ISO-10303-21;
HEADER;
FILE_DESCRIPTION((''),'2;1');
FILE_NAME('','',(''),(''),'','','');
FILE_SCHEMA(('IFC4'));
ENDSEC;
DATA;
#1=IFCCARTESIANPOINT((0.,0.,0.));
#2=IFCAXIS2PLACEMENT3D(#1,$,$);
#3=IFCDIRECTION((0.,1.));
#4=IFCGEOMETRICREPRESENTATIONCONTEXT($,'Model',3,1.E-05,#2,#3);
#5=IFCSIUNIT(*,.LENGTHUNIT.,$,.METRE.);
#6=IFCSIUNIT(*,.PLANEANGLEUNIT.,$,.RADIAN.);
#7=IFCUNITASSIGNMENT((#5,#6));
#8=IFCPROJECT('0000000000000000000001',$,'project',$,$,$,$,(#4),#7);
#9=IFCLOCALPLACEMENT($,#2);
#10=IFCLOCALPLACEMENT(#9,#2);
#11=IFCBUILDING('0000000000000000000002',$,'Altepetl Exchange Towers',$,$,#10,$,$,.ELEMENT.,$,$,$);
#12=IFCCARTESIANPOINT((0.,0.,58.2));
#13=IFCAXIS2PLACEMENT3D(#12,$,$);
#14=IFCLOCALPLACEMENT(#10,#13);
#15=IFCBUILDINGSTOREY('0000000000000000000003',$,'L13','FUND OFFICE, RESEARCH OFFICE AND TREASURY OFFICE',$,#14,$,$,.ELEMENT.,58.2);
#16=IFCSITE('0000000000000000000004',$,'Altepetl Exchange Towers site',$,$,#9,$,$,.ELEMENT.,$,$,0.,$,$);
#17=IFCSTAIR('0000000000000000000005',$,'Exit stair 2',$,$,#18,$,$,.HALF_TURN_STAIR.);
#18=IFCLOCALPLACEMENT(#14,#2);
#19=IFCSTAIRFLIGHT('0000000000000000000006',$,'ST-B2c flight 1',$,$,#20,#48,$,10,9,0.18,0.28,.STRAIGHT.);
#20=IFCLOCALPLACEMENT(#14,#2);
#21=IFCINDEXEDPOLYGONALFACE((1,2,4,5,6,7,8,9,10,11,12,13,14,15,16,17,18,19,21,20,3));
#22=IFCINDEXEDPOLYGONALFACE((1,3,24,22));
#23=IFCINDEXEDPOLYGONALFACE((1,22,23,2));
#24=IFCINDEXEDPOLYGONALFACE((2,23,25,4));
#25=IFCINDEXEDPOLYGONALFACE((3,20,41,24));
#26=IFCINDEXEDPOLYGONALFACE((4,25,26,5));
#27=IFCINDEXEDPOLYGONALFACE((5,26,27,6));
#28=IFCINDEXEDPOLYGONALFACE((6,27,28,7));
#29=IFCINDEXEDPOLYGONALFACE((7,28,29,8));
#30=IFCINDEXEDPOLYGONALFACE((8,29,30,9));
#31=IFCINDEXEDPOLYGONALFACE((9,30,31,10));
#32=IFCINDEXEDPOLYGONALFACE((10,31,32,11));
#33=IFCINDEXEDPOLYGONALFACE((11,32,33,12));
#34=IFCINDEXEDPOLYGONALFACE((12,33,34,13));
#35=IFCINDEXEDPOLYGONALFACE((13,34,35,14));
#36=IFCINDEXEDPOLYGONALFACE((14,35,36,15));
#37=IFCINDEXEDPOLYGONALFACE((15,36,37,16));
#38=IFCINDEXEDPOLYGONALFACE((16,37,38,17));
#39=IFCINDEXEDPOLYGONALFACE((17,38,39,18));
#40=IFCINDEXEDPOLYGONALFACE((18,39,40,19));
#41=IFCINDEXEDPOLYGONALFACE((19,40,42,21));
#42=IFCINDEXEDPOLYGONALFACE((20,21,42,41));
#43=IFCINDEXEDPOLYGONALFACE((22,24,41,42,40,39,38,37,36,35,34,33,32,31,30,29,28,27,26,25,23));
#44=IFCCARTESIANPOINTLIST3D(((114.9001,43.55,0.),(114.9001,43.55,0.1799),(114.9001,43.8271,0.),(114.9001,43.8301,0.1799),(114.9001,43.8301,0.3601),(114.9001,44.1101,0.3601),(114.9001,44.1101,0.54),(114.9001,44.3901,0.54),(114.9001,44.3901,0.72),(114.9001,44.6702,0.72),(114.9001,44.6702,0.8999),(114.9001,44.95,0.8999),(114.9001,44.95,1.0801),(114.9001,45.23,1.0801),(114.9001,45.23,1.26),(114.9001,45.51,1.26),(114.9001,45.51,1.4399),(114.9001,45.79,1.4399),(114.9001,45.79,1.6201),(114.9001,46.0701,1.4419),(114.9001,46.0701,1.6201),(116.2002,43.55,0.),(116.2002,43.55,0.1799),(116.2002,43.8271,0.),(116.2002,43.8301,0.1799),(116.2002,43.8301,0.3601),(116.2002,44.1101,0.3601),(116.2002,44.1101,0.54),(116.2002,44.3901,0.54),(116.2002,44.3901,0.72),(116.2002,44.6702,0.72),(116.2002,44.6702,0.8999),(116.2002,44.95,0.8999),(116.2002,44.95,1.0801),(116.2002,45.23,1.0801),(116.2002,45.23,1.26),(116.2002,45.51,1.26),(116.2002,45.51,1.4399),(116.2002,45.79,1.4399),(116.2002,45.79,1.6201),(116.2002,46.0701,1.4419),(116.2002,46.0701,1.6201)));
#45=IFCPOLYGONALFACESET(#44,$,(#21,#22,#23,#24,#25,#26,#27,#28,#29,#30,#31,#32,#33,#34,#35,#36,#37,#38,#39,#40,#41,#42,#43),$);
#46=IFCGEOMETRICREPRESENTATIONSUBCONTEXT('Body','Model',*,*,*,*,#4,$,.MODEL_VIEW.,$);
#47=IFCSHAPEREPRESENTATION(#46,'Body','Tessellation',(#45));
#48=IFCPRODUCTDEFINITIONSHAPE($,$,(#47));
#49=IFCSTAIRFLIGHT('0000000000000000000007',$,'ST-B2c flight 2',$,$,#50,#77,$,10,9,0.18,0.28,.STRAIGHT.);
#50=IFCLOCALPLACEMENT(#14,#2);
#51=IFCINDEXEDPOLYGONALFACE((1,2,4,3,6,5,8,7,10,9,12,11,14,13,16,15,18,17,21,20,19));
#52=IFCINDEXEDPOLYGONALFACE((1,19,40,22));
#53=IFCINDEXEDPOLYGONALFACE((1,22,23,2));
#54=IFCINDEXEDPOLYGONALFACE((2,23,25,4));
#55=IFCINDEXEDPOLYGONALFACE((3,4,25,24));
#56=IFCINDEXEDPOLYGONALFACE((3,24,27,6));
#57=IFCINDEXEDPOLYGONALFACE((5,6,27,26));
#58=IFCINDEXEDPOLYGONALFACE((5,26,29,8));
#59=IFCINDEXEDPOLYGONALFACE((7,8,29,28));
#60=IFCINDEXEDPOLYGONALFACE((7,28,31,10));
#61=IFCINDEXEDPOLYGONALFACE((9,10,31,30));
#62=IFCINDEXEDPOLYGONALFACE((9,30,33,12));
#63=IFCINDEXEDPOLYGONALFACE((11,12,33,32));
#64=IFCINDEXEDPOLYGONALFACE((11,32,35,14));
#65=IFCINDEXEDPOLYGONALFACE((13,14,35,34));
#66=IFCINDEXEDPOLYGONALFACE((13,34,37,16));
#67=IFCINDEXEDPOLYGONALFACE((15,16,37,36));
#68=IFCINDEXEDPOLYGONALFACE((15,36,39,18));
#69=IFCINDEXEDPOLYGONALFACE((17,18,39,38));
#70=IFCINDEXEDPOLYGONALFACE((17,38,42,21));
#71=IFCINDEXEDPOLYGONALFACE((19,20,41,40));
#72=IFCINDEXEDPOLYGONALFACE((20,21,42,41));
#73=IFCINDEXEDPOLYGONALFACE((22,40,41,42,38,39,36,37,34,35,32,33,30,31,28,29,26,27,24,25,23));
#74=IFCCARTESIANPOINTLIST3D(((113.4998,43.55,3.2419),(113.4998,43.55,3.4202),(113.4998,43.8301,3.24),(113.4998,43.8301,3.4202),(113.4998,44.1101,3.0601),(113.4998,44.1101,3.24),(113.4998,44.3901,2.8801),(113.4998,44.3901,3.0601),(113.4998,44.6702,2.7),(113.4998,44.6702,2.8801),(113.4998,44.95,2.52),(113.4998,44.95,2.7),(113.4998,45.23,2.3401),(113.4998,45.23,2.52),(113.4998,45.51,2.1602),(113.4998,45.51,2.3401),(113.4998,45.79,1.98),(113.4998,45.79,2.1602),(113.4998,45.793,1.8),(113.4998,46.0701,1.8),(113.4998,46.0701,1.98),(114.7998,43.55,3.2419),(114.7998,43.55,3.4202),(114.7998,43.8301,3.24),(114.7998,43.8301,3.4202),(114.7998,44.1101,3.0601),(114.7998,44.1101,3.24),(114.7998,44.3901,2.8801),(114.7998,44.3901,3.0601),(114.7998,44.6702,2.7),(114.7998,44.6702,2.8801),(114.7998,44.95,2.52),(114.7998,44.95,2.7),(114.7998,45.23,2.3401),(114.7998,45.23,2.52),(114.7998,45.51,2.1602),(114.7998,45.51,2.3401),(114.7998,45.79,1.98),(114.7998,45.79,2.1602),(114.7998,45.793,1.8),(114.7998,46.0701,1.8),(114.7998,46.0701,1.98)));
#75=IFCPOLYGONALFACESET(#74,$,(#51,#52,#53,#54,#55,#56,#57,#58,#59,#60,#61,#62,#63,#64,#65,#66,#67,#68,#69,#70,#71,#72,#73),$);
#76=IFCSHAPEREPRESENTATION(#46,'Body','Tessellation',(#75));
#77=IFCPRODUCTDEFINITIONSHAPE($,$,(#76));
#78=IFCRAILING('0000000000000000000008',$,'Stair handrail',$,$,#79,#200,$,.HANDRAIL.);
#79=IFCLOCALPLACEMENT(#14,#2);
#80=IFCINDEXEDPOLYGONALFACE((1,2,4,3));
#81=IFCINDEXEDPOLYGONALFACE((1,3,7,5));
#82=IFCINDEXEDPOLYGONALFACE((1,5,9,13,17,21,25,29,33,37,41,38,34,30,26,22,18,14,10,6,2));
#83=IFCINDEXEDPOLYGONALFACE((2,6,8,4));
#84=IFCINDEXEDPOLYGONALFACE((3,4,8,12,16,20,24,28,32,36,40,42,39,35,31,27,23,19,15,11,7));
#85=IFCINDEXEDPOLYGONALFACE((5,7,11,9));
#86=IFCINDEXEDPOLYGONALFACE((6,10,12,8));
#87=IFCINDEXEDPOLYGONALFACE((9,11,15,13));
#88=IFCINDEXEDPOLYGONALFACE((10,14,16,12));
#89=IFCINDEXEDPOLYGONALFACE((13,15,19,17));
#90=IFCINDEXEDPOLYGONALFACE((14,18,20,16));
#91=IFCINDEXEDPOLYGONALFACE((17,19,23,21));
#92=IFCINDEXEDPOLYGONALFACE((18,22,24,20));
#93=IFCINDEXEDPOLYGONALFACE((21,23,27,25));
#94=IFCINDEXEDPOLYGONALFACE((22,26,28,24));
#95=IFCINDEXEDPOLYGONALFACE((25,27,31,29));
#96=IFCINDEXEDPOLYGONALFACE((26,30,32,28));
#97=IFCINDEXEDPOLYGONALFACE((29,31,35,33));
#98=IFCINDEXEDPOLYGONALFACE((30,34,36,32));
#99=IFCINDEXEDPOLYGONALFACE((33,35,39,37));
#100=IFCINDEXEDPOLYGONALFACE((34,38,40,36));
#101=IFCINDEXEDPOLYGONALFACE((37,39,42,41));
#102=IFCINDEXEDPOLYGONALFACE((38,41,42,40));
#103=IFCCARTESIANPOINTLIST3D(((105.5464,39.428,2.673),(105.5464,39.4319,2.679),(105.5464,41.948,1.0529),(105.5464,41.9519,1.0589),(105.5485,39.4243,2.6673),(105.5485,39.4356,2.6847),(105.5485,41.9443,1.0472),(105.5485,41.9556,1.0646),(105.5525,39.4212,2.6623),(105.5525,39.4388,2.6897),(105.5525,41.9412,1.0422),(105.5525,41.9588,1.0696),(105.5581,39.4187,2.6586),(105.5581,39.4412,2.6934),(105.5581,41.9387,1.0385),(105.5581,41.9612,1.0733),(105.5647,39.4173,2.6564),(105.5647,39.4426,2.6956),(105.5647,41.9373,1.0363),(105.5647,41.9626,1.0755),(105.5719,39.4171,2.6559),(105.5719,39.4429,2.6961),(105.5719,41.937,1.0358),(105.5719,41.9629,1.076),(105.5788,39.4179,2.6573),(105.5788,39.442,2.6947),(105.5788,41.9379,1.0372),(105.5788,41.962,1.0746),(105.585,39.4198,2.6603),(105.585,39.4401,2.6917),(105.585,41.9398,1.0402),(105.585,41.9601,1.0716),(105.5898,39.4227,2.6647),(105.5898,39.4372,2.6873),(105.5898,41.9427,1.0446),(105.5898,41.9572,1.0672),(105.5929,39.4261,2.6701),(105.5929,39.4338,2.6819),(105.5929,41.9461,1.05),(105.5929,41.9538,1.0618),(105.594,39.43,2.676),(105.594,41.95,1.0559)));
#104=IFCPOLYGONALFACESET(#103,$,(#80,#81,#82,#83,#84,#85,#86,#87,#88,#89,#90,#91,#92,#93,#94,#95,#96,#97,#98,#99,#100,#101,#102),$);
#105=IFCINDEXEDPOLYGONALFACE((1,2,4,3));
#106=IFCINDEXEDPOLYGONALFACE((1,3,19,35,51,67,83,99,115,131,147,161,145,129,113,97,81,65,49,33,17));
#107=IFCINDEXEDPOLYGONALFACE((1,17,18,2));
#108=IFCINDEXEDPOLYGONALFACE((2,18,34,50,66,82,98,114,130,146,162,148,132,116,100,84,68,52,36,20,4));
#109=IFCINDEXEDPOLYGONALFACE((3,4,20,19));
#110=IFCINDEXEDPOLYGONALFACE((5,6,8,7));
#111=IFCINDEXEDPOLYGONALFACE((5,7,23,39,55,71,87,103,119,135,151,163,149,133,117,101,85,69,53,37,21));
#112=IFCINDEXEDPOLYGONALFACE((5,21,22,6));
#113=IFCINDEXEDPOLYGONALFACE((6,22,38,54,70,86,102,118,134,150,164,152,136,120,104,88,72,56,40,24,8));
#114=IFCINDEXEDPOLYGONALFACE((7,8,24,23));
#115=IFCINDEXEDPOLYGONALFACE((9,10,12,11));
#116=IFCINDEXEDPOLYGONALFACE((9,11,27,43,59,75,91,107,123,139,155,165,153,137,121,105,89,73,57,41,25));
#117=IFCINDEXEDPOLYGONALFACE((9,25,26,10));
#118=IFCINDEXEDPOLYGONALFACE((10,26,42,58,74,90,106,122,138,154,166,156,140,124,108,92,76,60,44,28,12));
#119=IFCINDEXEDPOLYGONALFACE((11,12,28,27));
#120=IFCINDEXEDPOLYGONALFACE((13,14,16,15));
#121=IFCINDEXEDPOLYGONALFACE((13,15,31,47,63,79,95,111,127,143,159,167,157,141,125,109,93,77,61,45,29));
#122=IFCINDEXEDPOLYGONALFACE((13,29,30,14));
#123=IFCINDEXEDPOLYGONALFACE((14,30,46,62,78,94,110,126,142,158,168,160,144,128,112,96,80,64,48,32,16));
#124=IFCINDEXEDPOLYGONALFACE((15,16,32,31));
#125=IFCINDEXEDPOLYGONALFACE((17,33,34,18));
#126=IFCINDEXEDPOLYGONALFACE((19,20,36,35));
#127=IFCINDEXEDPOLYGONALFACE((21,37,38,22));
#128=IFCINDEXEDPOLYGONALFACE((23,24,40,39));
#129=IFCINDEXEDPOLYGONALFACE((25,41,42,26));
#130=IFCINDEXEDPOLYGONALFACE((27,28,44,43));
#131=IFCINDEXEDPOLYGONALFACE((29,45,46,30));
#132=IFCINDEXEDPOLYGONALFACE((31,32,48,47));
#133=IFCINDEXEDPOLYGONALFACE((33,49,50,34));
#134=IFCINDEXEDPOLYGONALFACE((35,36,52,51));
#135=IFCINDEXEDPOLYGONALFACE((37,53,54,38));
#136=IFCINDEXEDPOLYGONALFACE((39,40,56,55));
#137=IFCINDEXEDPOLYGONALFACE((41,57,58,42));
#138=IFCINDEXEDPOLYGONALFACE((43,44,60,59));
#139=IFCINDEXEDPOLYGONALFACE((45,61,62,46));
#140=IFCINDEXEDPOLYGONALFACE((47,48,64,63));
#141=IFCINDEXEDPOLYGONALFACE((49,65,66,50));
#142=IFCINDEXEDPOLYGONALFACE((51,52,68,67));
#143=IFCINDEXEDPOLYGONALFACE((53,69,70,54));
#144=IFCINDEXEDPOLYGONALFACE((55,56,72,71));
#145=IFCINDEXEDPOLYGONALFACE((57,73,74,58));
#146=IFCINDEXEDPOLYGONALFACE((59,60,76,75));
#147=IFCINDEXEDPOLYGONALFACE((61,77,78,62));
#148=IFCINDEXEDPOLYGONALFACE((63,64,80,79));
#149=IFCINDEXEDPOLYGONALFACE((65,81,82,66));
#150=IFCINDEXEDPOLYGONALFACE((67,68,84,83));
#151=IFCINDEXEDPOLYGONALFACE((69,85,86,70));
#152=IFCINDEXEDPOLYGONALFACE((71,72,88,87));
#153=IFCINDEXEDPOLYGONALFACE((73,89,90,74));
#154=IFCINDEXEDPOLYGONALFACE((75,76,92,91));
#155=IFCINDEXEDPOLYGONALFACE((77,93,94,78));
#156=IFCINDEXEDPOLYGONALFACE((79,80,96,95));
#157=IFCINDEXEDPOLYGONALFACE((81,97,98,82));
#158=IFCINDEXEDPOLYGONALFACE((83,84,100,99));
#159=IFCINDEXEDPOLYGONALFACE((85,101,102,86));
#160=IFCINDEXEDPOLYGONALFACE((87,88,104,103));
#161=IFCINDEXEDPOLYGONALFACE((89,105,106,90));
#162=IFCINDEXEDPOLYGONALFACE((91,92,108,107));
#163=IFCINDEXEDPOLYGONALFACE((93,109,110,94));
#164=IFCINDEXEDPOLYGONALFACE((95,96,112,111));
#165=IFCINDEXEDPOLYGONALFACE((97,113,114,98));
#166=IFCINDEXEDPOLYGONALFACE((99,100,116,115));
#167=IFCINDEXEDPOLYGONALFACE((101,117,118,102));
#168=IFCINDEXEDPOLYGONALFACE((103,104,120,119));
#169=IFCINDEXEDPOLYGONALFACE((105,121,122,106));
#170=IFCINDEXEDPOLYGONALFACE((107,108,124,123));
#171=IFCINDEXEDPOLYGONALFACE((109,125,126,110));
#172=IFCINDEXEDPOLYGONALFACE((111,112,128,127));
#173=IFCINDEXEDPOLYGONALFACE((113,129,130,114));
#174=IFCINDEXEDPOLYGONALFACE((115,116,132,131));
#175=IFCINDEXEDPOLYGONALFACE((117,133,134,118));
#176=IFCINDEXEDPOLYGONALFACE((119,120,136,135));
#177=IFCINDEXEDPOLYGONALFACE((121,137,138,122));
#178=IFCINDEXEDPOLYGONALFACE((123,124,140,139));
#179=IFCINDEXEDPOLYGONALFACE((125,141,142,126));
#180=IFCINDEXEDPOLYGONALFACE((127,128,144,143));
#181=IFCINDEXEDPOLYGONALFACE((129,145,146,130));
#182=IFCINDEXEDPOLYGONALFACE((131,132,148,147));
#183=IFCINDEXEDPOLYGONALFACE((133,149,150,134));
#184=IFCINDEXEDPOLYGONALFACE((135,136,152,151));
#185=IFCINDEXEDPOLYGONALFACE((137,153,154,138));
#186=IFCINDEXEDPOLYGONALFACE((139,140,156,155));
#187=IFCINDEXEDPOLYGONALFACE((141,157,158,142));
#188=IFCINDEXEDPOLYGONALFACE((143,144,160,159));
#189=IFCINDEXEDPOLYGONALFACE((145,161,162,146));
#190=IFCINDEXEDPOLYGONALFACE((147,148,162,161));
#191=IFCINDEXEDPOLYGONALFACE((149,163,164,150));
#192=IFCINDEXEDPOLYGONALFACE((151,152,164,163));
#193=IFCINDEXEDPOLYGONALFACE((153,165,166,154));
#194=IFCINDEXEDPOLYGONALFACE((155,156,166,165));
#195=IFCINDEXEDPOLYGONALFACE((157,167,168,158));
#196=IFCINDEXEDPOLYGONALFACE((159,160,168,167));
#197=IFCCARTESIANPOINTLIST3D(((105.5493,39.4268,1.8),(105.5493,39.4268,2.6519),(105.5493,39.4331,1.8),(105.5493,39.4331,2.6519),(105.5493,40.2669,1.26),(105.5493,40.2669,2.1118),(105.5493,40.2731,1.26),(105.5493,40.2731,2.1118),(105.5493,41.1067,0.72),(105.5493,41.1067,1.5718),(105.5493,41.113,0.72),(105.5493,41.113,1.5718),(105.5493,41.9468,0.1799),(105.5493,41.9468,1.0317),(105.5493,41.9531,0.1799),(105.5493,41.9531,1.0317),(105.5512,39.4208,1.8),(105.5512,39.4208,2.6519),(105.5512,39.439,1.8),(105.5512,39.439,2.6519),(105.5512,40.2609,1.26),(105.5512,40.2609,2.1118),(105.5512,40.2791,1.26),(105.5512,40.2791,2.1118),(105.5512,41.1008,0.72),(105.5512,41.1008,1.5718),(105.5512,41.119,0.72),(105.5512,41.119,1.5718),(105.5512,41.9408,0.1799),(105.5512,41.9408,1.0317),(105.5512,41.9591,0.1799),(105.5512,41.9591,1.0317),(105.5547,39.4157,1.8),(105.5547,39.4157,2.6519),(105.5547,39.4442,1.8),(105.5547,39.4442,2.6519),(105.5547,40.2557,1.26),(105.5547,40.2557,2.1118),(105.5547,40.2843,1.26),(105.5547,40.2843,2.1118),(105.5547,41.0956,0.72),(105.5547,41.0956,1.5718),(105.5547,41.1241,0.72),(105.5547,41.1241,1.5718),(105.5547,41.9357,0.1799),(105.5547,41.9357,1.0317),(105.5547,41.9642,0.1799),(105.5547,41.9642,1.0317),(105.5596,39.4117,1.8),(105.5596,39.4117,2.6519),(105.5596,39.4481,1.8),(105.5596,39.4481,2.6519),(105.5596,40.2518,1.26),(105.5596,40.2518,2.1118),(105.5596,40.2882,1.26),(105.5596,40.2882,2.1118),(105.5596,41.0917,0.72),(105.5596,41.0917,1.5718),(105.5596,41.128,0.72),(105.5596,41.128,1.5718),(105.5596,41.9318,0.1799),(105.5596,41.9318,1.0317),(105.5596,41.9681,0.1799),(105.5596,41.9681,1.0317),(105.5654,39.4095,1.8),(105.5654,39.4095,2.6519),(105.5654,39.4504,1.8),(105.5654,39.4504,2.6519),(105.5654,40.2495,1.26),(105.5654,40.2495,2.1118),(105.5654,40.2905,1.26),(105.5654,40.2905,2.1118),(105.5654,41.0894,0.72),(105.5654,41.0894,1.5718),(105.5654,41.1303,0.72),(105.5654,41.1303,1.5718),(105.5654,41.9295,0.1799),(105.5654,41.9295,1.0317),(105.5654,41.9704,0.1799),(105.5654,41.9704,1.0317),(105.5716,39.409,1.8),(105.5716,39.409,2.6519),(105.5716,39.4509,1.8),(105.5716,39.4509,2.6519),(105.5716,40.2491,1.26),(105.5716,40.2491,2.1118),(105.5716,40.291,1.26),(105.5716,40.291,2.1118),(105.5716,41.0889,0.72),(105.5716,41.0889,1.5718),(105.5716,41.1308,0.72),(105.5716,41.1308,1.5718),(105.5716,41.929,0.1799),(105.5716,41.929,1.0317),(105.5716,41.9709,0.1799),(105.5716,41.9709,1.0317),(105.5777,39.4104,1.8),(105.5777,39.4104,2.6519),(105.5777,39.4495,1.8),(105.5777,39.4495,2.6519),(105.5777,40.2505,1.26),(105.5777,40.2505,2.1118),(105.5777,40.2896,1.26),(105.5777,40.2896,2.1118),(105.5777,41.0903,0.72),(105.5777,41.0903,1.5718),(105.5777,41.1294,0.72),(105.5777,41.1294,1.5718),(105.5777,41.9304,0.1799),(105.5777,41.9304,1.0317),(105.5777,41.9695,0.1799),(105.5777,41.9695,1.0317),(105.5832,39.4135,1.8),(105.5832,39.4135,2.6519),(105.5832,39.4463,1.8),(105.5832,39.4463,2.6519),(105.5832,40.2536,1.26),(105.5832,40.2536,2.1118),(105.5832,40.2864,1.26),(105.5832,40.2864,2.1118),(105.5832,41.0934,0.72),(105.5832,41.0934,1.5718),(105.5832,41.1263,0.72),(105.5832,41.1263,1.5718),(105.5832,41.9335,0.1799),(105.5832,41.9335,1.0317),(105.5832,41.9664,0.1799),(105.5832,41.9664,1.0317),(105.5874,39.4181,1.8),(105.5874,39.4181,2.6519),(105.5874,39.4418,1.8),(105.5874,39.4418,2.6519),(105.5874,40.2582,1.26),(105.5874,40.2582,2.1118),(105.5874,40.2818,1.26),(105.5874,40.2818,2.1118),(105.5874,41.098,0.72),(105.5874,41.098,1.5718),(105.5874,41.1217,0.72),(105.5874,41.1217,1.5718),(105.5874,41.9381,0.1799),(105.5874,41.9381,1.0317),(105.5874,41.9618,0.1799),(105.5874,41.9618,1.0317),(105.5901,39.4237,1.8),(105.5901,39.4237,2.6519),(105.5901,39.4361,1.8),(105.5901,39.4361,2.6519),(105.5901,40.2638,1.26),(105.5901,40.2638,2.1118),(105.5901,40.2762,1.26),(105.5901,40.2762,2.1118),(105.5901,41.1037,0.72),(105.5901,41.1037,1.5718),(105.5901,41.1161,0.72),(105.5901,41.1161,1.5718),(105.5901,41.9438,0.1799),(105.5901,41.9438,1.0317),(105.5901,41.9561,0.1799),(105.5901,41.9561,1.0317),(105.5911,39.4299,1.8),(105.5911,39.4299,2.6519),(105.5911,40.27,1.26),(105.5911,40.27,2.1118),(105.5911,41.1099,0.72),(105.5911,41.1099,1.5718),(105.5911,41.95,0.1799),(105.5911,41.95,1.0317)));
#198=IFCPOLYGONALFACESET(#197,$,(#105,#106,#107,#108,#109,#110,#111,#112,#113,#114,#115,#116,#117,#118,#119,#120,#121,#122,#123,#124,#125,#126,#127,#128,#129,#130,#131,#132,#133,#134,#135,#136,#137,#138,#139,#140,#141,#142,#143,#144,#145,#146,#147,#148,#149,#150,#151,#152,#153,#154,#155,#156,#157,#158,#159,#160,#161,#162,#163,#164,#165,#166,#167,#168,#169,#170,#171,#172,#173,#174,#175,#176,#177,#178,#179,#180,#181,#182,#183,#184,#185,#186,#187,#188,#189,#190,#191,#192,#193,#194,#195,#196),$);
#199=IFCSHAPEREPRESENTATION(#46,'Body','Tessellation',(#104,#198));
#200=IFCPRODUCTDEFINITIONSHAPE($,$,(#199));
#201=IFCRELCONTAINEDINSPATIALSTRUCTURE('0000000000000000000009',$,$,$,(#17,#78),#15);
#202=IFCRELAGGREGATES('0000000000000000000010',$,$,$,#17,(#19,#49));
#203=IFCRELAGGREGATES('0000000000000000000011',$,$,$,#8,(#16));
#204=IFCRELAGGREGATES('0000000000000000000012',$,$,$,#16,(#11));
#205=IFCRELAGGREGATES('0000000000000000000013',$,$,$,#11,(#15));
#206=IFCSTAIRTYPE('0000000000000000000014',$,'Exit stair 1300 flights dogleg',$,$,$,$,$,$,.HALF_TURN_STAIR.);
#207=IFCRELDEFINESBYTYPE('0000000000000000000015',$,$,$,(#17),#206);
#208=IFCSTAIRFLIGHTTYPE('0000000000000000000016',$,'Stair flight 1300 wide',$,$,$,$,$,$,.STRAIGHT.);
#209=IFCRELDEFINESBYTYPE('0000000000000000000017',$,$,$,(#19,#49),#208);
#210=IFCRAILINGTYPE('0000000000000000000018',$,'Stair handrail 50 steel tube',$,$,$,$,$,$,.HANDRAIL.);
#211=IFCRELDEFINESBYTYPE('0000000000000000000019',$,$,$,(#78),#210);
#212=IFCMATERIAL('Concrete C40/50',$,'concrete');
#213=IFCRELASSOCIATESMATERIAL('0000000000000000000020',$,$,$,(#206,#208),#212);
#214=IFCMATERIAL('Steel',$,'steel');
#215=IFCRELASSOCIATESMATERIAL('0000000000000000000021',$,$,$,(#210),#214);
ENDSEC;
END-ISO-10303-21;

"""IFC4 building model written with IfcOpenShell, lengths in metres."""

from ifc_helpers import new_model, si_unit, direction, frame, origin, origin_2d, place, context, subcontext, project, spatial, polyline, circle, outline, extrude, source, transform, mapped, material, type_object, element, aggregate, save


model = new_model("IFC4")

# Units and contexts
model_context = context("Model", 3, precision=1e-05, world=origin(), true_north=direction((0.0, 1.0)))
body_context = subcontext(model_context, "Body", "Model", "MODEL_VIEW")
ifc_project = project(units=[si_unit("LENGTHUNIT", "METRE"), si_unit("PLANEANGLEUNIT", "RADIAN")], contexts=[model_context])

# Site, building, storey
site_placement = place(None, origin())
site = spatial("IfcSite", under=ifc_project, at=site_placement, Name="Altepetl Exchange Towers site", CompositionType="ELEMENT", RefElevation=0.0)
building_placement = place(site_placement, origin())
building = spatial("IfcBuilding", under=site, at=building_placement, Name="Altepetl Exchange Towers", CompositionType="ELEMENT")
storey_placement = place(building_placement, frame((0.0, 0.0, 58.2)))
storey = spatial("IfcBuildingStorey", under=building, at=storey_placement, Name="L13", Description="FUND OFFICE, RESEARCH OFFICE AND TREASURY OFFICE", CompositionType="ELEMENT", Elevation=58.2)

# Shared definitions
ifc_material_1 = material(Name="Concrete C40/50", Category="concrete")

# Shared definitions
stair_type = type_object("IfcStairType", Name="Exit stair 1300 flights dogleg", PredefinedType="HALF_TURN_STAIR", material=ifc_material_1)
stair_flight_type = type_object("IfcStairFlightType", Name="Stair flight 1300 wide", PredefinedType="STRAIGHT", material=ifc_material_1)

# Stair, stair flights
stair_1_placement = place(storey_placement, origin())
stair_1 = element("IfcStair", 1, at=stair_1_placement, inside=storey, type_object=stair_type, Name="Exit stair 2", PredefinedType="HALF_TURN_STAIR")
stair_flight_1_placement = place(storey_placement, frame((115.55, 43.55, 0.0), z_axis=(0.0, 0.0, 1.0), x_axis=(0.0, 1.0, 0.0)))
stair_flight_1 = element("IfcStairFlight", 2, at=stair_flight_1_placement, type_object=stair_flight_type, Name="ST-B2c flight 1", NumberOfRisers=10, NumberOfTreads=9, PredefinedType="STRAIGHT", RiserHeight=0.18, TreadLength=0.28, context=body_context, shape_type="SweptSolid", body=[
    extrude(outline(polyline([(0.0, 0.0), (0.0, 0.1799), (0.28, 0.1799), (0.28, 0.3601), (0.5601, 0.3601), (0.5601, 0.54), (0.8401, 0.54), (0.8401, 0.72), (1.1201, 0.72), (1.1201, 0.8999), (1.3999, 0.8999), (1.3999, 1.0801), (1.6799, 1.0801), (1.6799, 1.26), (1.96, 1.26), (1.96, 1.4399), (2.24, 1.4399), (2.24, 1.6201), (2.52, 1.6201), (2.52, 1.8), (2.52, 1.4419), (0.2771, 0.0), (0.0, 0.0)])), frame((0.0, 0.6499, 0.0), z_axis=(0.0, -1.0, 0.0), x_axis=(1.0, 0.0, 0.0)), (0.0, 0.0, 1.0), 1.3),
])
stair_flight_2_placement = place(storey_placement, frame((114.1499, 46.0701, 1.8), z_axis=(0.0, 0.0, 1.0), x_axis=(0.0, -1.0, 0.0)))
stair_flight_2 = element("IfcStairFlight", 3, at=stair_flight_2_placement, type_object=stair_flight_type, Name="ST-B2c flight 2", NumberOfRisers=10, NumberOfTreads=9, PredefinedType="STRAIGHT", RiserHeight=0.18, TreadLength=0.28, context=body_context, shape_type="SweptSolid", body=[
    extrude(outline(polyline([(0.0, 0.0), (0.0, 0.1799), (0.28, 0.1799), (0.28, 0.3601), (0.5601, 0.3601), (0.5601, 0.54), (0.8401, 0.54), (0.8401, 0.72), (1.1201, 0.72), (1.1201, 0.8999), (1.3999, 0.8999), (1.3999, 1.0801), (1.6799, 1.0801), (1.6799, 1.26), (1.96, 1.26), (1.96, 1.4399), (2.24, 1.4399), (2.24, 1.6201), (2.52, 1.6201), (2.52, 1.8), (2.52, 1.4419), (0.2771, 0.0), (0.0, 0.0)])), frame((0.0, 0.6499, 0.0), z_axis=(0.0, -1.0, 0.0), x_axis=(1.0, 0.0, 0.0)), (0.0, 0.0, 1.0), 1.3),
])
aggregate(stair_1, [stair_flight_1, stair_flight_2])

# Railing
ifc_material_2 = material(Name="Steel", Category="steel")
railing_type = type_object("IfcRailingType", Name="Stair handrail 50 steel tube", PredefinedType="HANDRAIL", material=ifc_material_2)
shared_shape = source(origin(), body_context, "Body", "SweptSolid", [
    extrude(circle(Radius=0.021, at=origin_2d()), origin(), (0.0, 0.0, 1.0), 0.8518),
])
railing_1_placement = place(storey_placement, frame((105.5701, 41.95, 0.1799)))
element("IfcRailing", 4, at=railing_1_placement, inside=storey, type_object=railing_type, Name="Stair handrail", PredefinedType="HANDRAIL", context=body_context, shape_type="SweptSolid", body=[
    extrude(circle(Radius=0.0239, at=origin_2d()), frame((0.0, 0.0, 0.876), z_axis=(0.0, -0.841163, 0.540782), x_axis=(1.0, 0.0, 0.0)), (0.0, 0.0, 1.0), 2.9958),
    mapped(shared_shape, transform((0.0, 0.0, 0.0))),
    mapped(shared_shape, transform((0.0, -0.8401, 0.54))),
    mapped(shared_shape, transform((0.0, -1.6799, 1.0801))),
    mapped(shared_shape, transform((0.0, -2.52, 1.6201))),
])

save(model, "model.ifc")
